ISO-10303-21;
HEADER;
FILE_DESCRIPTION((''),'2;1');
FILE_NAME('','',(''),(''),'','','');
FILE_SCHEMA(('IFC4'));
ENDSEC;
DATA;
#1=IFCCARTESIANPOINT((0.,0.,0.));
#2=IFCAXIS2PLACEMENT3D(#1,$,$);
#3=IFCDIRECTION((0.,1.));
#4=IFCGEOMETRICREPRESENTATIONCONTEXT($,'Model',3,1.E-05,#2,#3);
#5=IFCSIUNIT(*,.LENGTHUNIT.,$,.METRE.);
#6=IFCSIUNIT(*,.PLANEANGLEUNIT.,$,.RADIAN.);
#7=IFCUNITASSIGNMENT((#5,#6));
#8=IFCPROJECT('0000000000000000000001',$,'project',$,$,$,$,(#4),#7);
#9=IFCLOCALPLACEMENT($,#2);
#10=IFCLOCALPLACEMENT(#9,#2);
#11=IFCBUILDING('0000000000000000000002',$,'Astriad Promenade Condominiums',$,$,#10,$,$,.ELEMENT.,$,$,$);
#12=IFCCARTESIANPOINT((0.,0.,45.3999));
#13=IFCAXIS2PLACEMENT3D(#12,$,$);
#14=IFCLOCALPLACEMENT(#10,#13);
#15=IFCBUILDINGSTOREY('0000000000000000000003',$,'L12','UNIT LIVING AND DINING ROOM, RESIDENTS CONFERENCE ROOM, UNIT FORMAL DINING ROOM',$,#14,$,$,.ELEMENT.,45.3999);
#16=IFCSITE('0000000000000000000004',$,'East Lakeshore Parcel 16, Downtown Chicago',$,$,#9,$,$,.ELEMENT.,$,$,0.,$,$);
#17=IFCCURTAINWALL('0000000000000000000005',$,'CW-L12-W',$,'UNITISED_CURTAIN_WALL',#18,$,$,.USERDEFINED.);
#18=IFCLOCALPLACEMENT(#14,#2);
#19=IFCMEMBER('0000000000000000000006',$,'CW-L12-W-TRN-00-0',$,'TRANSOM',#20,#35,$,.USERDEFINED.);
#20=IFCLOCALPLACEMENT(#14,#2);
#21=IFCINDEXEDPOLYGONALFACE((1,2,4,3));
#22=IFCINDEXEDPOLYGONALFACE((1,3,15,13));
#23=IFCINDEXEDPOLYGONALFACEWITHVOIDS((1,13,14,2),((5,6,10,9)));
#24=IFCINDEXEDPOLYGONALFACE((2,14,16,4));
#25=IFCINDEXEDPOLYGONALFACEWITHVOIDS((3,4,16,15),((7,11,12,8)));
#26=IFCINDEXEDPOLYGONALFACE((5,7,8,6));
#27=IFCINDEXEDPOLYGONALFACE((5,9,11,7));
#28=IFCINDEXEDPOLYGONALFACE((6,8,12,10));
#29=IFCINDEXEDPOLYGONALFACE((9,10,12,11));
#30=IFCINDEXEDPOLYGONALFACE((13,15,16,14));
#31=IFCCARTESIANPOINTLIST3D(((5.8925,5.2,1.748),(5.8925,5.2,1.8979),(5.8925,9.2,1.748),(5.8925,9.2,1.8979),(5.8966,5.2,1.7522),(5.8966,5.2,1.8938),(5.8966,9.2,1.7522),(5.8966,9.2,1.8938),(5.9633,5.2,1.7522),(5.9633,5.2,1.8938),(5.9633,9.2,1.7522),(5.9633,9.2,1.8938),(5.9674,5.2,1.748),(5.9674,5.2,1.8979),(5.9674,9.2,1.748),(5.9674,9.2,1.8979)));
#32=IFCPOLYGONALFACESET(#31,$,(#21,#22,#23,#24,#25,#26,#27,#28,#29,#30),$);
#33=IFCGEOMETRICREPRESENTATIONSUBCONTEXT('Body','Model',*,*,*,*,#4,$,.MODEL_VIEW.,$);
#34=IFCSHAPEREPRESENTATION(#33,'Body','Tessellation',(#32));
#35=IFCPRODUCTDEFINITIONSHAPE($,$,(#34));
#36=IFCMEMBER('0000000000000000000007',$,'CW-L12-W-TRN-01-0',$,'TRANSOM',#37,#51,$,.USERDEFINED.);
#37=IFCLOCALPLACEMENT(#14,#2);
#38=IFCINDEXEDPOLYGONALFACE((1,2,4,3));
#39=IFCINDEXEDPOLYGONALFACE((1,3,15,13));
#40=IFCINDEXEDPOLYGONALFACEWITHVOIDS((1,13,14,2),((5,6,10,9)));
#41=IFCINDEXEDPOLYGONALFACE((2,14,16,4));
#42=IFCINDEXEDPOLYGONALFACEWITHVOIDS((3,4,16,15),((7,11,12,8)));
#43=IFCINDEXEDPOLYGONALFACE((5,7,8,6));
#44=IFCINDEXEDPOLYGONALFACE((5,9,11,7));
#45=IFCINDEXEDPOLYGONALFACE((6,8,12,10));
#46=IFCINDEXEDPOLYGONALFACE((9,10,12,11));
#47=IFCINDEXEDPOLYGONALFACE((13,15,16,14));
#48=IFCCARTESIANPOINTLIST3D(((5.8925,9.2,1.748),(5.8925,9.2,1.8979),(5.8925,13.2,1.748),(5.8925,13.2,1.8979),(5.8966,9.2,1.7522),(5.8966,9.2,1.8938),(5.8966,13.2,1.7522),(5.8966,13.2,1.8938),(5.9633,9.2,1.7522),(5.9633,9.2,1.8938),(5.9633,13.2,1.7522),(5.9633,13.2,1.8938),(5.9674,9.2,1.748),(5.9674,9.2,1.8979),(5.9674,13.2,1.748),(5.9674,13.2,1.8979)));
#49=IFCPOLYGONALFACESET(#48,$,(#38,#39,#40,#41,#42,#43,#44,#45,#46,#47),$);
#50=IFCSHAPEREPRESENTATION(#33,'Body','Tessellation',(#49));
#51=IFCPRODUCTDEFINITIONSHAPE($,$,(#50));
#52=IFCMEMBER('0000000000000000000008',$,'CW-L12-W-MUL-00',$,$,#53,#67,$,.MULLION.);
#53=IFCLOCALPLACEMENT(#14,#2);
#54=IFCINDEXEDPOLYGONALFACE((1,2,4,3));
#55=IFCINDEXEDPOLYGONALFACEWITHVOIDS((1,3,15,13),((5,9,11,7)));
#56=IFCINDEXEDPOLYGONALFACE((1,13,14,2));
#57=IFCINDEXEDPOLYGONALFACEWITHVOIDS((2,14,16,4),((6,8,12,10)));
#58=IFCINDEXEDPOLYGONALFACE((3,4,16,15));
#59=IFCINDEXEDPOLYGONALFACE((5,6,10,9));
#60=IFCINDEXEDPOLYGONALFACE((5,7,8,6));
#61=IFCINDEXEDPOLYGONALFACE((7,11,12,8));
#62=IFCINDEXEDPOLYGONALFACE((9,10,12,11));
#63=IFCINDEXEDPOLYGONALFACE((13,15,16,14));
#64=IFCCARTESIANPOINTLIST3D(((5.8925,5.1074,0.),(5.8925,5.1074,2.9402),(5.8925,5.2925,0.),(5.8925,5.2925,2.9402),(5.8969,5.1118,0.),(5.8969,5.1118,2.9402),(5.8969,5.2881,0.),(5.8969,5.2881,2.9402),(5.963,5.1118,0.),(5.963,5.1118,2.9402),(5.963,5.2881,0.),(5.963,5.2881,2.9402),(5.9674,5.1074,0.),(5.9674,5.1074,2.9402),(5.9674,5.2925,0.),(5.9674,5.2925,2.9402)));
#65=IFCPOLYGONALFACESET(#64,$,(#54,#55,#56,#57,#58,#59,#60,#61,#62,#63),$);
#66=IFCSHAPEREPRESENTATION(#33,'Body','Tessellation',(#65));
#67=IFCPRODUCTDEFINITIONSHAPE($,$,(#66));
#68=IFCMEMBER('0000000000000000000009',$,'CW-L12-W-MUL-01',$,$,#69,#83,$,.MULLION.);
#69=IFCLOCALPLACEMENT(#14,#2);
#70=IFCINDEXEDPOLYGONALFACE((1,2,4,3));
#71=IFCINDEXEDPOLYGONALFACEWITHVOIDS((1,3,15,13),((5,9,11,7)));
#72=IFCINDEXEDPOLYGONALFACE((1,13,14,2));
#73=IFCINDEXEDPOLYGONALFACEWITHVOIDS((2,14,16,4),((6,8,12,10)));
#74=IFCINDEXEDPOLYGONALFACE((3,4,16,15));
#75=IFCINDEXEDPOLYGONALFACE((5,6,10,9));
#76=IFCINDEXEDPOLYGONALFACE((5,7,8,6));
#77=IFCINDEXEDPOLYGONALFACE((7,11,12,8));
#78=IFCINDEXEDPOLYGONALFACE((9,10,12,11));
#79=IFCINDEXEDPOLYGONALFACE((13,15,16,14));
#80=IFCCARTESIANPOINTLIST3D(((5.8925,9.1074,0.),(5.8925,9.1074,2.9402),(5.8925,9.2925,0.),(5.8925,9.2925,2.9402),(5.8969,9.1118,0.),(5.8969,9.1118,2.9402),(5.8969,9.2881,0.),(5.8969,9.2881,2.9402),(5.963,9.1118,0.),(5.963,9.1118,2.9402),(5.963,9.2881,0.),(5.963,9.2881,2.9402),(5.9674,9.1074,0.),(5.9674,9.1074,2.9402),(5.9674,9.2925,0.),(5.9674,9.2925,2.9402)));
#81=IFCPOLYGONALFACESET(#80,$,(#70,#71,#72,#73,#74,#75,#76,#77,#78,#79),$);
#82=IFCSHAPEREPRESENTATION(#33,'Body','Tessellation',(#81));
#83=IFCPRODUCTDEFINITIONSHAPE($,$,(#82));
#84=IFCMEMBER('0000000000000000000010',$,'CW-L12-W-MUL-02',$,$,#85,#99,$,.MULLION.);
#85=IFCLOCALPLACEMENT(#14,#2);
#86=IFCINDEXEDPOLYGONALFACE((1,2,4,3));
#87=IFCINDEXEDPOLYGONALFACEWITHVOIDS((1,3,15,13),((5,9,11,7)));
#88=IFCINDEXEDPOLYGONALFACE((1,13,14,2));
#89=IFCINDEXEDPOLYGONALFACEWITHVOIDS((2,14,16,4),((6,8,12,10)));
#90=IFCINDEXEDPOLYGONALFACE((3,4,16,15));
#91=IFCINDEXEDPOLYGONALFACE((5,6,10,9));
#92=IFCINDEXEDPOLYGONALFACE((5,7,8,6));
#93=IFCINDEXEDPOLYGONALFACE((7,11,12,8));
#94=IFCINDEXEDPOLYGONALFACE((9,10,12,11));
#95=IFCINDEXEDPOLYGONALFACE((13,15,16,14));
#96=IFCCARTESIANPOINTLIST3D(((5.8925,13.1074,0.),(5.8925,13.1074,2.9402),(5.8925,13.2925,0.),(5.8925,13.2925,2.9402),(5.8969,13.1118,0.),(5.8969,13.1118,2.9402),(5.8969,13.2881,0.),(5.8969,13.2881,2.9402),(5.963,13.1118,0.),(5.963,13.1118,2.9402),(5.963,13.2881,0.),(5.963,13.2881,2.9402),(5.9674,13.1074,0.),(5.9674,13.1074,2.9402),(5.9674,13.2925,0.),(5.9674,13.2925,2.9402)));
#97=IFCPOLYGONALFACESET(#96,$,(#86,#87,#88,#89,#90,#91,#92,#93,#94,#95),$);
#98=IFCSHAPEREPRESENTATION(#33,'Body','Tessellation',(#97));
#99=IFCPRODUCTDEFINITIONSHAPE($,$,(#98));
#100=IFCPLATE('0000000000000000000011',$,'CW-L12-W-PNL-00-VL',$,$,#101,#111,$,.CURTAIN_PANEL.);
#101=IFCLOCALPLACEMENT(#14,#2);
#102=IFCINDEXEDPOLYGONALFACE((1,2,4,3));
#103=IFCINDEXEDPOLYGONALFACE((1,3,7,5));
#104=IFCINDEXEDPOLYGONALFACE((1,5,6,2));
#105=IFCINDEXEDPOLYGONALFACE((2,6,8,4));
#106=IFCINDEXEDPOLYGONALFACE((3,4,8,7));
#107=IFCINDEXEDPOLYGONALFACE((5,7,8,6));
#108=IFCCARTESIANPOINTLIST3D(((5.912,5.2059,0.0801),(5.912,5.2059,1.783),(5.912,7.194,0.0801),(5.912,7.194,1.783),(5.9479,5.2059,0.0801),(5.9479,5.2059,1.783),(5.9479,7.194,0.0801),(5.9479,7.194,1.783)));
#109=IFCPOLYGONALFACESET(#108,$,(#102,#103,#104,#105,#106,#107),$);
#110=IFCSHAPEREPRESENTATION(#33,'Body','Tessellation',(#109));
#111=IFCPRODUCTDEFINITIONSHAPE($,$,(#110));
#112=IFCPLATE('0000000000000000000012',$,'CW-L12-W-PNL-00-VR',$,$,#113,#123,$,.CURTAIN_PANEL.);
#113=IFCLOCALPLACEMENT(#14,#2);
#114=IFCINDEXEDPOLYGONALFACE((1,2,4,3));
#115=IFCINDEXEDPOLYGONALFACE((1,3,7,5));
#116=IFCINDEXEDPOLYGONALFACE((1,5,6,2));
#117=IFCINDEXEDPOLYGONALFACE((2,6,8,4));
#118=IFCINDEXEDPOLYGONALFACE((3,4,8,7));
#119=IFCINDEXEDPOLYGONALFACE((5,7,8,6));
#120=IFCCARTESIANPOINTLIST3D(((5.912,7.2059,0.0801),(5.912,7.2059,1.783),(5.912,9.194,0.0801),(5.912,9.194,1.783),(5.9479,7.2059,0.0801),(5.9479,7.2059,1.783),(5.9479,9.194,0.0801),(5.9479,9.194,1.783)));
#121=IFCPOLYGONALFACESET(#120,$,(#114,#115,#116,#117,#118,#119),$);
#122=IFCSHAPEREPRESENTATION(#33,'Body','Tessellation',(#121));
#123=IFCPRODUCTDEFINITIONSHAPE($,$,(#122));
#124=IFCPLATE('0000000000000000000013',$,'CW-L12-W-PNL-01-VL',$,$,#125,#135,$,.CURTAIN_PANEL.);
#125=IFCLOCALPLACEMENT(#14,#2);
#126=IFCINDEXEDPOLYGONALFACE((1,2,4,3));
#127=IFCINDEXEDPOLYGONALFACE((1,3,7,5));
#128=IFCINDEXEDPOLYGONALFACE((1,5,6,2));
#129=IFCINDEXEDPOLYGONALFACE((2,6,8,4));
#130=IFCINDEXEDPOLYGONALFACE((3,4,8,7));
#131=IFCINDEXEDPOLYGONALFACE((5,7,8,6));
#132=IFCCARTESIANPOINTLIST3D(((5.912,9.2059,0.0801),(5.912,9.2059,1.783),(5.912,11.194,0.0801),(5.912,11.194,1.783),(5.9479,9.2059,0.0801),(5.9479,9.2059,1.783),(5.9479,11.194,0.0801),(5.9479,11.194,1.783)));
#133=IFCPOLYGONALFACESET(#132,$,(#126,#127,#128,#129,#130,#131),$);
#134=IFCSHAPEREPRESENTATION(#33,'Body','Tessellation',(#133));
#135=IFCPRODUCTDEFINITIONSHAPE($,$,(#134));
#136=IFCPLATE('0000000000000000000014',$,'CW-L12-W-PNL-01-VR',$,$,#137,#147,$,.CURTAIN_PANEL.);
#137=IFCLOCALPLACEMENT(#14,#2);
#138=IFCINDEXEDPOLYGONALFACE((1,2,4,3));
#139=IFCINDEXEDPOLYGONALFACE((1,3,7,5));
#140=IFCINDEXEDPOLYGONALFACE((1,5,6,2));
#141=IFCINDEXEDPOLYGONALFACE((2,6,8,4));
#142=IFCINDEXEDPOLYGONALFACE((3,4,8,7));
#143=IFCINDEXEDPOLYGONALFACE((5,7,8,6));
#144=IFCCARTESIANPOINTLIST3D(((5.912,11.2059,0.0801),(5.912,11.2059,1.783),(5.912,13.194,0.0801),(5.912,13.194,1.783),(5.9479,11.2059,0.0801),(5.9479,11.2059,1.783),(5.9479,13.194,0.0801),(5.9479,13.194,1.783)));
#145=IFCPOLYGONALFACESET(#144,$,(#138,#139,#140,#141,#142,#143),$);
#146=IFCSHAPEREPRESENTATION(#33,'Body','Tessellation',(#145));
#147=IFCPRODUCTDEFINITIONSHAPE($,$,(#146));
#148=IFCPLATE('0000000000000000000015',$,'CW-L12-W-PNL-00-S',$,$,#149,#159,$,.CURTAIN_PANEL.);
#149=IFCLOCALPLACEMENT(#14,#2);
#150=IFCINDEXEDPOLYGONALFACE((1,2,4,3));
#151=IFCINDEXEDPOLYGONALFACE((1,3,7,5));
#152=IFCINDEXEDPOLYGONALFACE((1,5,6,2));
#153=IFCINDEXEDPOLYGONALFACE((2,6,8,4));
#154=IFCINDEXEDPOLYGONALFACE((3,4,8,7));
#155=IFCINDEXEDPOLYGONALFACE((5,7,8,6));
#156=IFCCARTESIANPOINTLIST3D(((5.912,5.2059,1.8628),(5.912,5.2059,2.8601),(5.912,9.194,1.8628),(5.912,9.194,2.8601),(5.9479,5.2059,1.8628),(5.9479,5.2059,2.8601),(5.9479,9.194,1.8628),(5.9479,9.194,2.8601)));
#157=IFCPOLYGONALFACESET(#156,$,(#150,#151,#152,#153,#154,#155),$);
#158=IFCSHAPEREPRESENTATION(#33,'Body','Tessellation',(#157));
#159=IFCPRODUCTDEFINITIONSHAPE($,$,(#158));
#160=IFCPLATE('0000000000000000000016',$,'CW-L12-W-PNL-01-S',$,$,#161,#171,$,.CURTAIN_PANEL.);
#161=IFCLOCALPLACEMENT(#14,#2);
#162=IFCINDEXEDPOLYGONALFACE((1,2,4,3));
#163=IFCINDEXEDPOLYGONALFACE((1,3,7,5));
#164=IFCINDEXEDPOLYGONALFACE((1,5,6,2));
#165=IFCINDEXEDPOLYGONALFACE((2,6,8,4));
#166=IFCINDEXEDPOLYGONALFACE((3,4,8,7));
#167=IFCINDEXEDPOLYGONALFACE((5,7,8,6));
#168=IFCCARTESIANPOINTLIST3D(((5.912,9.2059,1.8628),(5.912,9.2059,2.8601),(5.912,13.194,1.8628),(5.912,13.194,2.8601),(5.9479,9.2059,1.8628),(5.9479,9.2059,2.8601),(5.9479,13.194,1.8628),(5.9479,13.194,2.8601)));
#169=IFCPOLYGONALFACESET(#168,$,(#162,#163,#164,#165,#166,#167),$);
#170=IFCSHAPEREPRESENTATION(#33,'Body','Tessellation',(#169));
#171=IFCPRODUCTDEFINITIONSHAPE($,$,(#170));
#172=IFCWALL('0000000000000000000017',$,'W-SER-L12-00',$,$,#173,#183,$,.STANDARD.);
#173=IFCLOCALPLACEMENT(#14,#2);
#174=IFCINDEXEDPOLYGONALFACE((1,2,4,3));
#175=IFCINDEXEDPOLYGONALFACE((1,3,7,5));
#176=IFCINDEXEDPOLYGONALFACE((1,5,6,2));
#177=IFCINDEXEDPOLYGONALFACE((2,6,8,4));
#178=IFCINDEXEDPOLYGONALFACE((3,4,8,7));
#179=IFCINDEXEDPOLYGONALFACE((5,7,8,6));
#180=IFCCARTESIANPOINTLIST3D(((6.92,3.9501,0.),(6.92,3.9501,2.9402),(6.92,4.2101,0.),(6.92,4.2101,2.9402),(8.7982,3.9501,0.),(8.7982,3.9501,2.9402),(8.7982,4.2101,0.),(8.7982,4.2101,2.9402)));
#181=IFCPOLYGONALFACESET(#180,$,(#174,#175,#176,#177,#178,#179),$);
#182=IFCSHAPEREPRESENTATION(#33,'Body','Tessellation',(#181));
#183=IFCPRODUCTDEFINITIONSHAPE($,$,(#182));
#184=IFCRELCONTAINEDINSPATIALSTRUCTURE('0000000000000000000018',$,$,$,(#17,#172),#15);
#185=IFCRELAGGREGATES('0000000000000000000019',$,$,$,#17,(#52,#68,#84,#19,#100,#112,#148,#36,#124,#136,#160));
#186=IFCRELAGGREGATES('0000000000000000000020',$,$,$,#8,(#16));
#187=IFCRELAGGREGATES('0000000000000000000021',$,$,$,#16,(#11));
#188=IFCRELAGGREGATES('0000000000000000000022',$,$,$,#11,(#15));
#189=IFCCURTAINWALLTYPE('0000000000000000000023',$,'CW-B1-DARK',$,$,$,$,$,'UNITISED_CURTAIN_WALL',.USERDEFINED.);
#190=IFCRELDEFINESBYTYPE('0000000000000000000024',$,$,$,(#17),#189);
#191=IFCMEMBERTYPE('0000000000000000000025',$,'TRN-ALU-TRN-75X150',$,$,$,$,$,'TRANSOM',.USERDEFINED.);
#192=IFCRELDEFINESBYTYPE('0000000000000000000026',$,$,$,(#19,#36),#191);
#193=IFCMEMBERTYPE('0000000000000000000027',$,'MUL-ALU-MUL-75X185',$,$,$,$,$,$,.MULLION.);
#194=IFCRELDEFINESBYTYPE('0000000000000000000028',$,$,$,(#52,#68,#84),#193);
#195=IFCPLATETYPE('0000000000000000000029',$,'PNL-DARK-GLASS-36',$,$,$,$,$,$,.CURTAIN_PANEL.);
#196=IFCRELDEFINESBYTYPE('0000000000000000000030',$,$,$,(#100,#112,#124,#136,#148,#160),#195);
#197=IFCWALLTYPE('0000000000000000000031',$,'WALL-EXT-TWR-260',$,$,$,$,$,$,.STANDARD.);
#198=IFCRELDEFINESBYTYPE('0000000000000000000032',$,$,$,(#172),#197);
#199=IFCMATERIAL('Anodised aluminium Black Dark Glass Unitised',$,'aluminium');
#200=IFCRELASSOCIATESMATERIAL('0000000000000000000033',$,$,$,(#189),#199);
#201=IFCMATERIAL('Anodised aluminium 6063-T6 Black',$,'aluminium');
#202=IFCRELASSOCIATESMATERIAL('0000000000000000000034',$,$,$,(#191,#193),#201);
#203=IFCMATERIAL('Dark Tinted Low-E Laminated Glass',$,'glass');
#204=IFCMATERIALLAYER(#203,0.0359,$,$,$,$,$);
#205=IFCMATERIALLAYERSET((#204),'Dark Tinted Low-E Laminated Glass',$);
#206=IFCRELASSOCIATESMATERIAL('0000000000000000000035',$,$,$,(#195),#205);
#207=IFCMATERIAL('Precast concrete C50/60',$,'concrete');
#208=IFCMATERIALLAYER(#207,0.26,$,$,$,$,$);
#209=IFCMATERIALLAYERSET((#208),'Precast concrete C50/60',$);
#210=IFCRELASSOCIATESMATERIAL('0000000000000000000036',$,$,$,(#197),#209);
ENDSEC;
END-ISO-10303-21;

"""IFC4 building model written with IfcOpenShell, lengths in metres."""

from ifc_helpers import new_model, si_unit, direction, frame, frame_2d, origin, origin_2d, place, context, subcontext, project, spatial, rectangle, hollow_rectangle, extrude, source, transform, mapped, material, layer, layer_set, material_profile, profile_set, type_object, type_shapes, element, aggregate, save


model = new_model("IFC4")

# Units and contexts
model_context = context("Model", 3, precision=1e-05, world=origin(), true_north=direction((0.0, 1.0)))
body_context = subcontext(model_context, "Body", "Model", "MODEL_VIEW")
ifc_project = project(units=[si_unit("LENGTHUNIT", "METRE"), si_unit("PLANEANGLEUNIT", "RADIAN")], contexts=[model_context])

# Site, building, storey
site_placement = place(None, origin())
site = spatial("IfcSite", under=ifc_project, at=site_placement, Name="East Lakeshore Parcel 16, Downtown Chicago", CompositionType="ELEMENT", RefElevation=0.0)
building_placement = place(site_placement, origin())
building = spatial("IfcBuilding", under=site, at=building_placement, Name="Astriad Promenade Condominiums", CompositionType="ELEMENT")
storey_placement = place(building_placement, frame((0.0, 0.0, 45.3999)))
storey = spatial("IfcBuildingStorey", under=building, at=storey_placement, Name="L12", Description="UNIT LIVING AND DINING ROOM, RESIDENTS CONFERENCE ROOM, UNIT FORMAL DINING ROOM", CompositionType="ELEMENT", Elevation=45.3999)

# Curtain wall, members, plates
ifc_material_1 = material(Name="Anodised aluminium Black Dark Glass Unitised", Category="aluminium")
curtain_wall_type = type_object("IfcCurtainWallType", Name="CW-B1-DARK", ElementType="UNITISED_CURTAIN_WALL", PredefinedType="USERDEFINED", material=ifc_material_1)
curtain_wall_placement = place(storey_placement, origin())
curtain_wall = element("IfcCurtainWall", 1, at=curtain_wall_placement, inside=storey, type_object=curtain_wall_type, Name="CW-L12-W", ObjectType="UNITISED_CURTAIN_WALL", PredefinedType="USERDEFINED")
ifc_material_2 = material(Name="Anodised aluminium 6063-T6 Black", Category="aluminium")
ifc_material_profile_1 = material_profile(ifc_material_2, hollow_rectangle(XDim=0.075, YDim=0.1499, WallThickness=0.0042, at=origin_2d()), Name="ALU-TRN-75X150")
ifc_profile_set_1 = profile_set([ifc_material_profile_1], Name="Anodised aluminium 6063-T6 Black")
member_type_1 = type_object("IfcMemberType", Name="TRN-ALU-TRN-75X150", ElementType="TRANSOM", PredefinedType="USERDEFINED", material=ifc_profile_set_1)
shared_shape_1 = source(origin(), body_context, "Body", "SweptSolid", [
    extrude(hollow_rectangle(XDim=0.075, YDim=0.1499, WallThickness=0.0042, at=origin_2d()), origin(), (0.0, 0.0, 1.0), 4.0),
])
type_shapes(member_type_1, [shared_shape_1])
member_1_placement = place(storey_placement, frame((5.9299, 5.2, 1.823), z_axis=(0.0, 1.0, 0.0), x_axis=(-1.0, 0.0, 0.0)))
member_1 = element("IfcMember", 2, at=member_1_placement, type_object=member_type_1, Name="CW-L12-W-TRN-00-0", ObjectType="TRANSOM", PredefinedType="USERDEFINED", context=body_context, shape_type="MappedRepresentation", body=[
    mapped(shared_shape_1, transform((0.0, 0.0, 0.0), scale=1.0)),
])
member_2_placement = place(storey_placement, frame((5.9299, 9.2, 1.823), z_axis=(0.0, 1.0, 0.0), x_axis=(-1.0, 0.0, 0.0)))
member_2 = element("IfcMember", 3, at=member_2_placement, type_object=member_type_1, Name="CW-L12-W-TRN-01-0", ObjectType="TRANSOM", PredefinedType="USERDEFINED", context=body_context, shape_type="MappedRepresentation", body=[
    mapped(shared_shape_1, transform((0.0, 0.0, 0.0), scale=1.0)),
])
ifc_material_profile_2 = material_profile(ifc_material_2, hollow_rectangle(XDim=0.075, YDim=0.1851, WallThickness=0.0044, at=origin_2d()), Name="ALU-MUL-75X185")
ifc_profile_set_2 = profile_set([ifc_material_profile_2], Name="Anodised aluminium 6063-T6 Black")
member_type_2 = type_object("IfcMemberType", Name="MUL-ALU-MUL-75X185", PredefinedType="MULLION", material=ifc_profile_set_2)
shared_shape_2 = source(origin(), body_context, "Body", "SweptSolid", [
    extrude(hollow_rectangle(XDim=0.075, YDim=0.1851, WallThickness=0.0044, at=origin_2d()), origin(), (0.0, 0.0, 1.0), 2.9402),
])
type_shapes(member_type_2, [shared_shape_2])
member_3_placement = place(storey_placement, frame((5.9299, 5.2, 0.0), z_axis=(0.0, 0.0, 1.0), x_axis=(1.0, 0.0, 0.0)))
member_3 = element("IfcMember", 4, at=member_3_placement, type_object=member_type_2, Name="CW-L12-W-MUL-00", PredefinedType="MULLION", context=body_context, shape_type="MappedRepresentation", body=[
    mapped(shared_shape_2, transform((0.0, 0.0, 0.0), scale=1.0)),
])
member_4_placement = place(storey_placement, frame((5.9299, 9.2, 0.0), z_axis=(0.0, 0.0, 1.0), x_axis=(1.0, 0.0, 0.0)))
member_4 = element("IfcMember", 5, at=member_4_placement, type_object=member_type_2, Name="CW-L12-W-MUL-01", PredefinedType="MULLION", context=body_context, shape_type="MappedRepresentation", body=[
    mapped(shared_shape_2, transform((0.0, 0.0, 0.0), scale=1.0)),
])
member_5_placement = place(storey_placement, frame((5.9299, 13.2, 0.0), z_axis=(0.0, 0.0, 1.0), x_axis=(1.0, 0.0, 0.0)))
member_5 = element("IfcMember", 6, at=member_5_placement, type_object=member_type_2, Name="CW-L12-W-MUL-02", PredefinedType="MULLION", context=body_context, shape_type="MappedRepresentation", body=[
    mapped(shared_shape_2, transform((0.0, 0.0, 0.0), scale=1.0)),
])
ifc_material_3 = material(Name="Dark Tinted Low-E Laminated Glass", Category="glass")
ifc_layer_1 = layer(ifc_material_3, 0.0359)
ifc_layer_set_1 = layer_set([ifc_layer_1], Name="Dark Tinted Low-E Laminated Glass")
plate_type = type_object("IfcPlateType", Name="PNL-DARK-GLASS-36", PredefinedType="CURTAIN_PANEL", material=ifc_layer_set_1)
shared_shape_3 = source(origin(), body_context, "Body", "SweptSolid", [
    extrude(rectangle(XDim=1.988, YDim=0.0359, at=origin_2d()), origin(), (0.0, 0.0, 1.0), 1.7029),
])
plate_1_placement = place(storey_placement, frame((5.9299, 6.2, 0.0801), z_axis=(0.0, 0.0, 1.0), x_axis=(0.0, 1.0, 0.0)))
plate_1 = element("IfcPlate", 7, at=plate_1_placement, type_object=plate_type, Name="CW-L12-W-PNL-00-VL", PredefinedType="CURTAIN_PANEL", context=body_context, shape_type="MappedRepresentation", body=[
    mapped(shared_shape_3, transform((0.0, 0.0, 0.0), scale=1.0)),
])
plate_2_placement = place(storey_placement, frame((5.9299, 8.2, 0.0801), z_axis=(0.0, 0.0, 1.0), x_axis=(0.0, 1.0, 0.0)))
plate_2 = element("IfcPlate", 8, at=plate_2_placement, type_object=plate_type, Name="CW-L12-W-PNL-00-VR", PredefinedType="CURTAIN_PANEL", context=body_context, shape_type="MappedRepresentation", body=[
    mapped(shared_shape_3, transform((0.0, 0.0, 0.0), scale=1.0)),
])
plate_3_placement = place(storey_placement, frame((5.9299, 10.2, 0.0801), z_axis=(0.0, 0.0, 1.0), x_axis=(0.0, 1.0, 0.0)))
plate_3 = element("IfcPlate", 9, at=plate_3_placement, type_object=plate_type, Name="CW-L12-W-PNL-01-VL", PredefinedType="CURTAIN_PANEL", context=body_context, shape_type="MappedRepresentation", body=[
    mapped(shared_shape_3, transform((0.0, 0.0, 0.0), scale=1.0)),
])
plate_4_placement = place(storey_placement, frame((5.9299, 12.2, 0.0801), z_axis=(0.0, 0.0, 1.0), x_axis=(0.0, 1.0, 0.0)))
plate_4 = element("IfcPlate", 10, at=plate_4_placement, type_object=plate_type, Name="CW-L12-W-PNL-01-VR", PredefinedType="CURTAIN_PANEL", context=body_context, shape_type="MappedRepresentation", body=[
    mapped(shared_shape_3, transform((0.0, 0.0, 0.0), scale=1.0)),
])
shared_shape_4 = source(origin(), body_context, "Body", "SweptSolid", [
    extrude(rectangle(XDim=3.988, YDim=0.0359, at=origin_2d()), origin(), (0.0, 0.0, 1.0), 0.9973),
])
type_shapes(plate_type, [shared_shape_3, shared_shape_4])
plate_5_placement = place(storey_placement, frame((5.9299, 7.2, 1.8628), z_axis=(0.0, 0.0, 1.0), x_axis=(0.0, 1.0, 0.0)))
plate_5 = element("IfcPlate", 11, at=plate_5_placement, type_object=plate_type, Name="CW-L12-W-PNL-00-S", PredefinedType="CURTAIN_PANEL", context=body_context, shape_type="MappedRepresentation", body=[
    mapped(shared_shape_4, transform((0.0, 0.0, 0.0), scale=1.0)),
])
plate_6_placement = place(storey_placement, frame((5.9299, 11.2, 1.8628), z_axis=(0.0, 0.0, 1.0), x_axis=(0.0, 1.0, 0.0)))
plate_6 = element("IfcPlate", 12, at=plate_6_placement, type_object=plate_type, Name="CW-L12-W-PNL-01-S", PredefinedType="CURTAIN_PANEL", context=body_context, shape_type="MappedRepresentation", body=[
    mapped(shared_shape_4, transform((0.0, 0.0, 0.0), scale=1.0)),
])
aggregate(curtain_wall, [member_3, member_4, member_5, member_1, plate_1, plate_2, plate_5, member_2, plate_3, plate_4, plate_6])

# Wall
ifc_material_4 = material(Name="Precast concrete C50/60", Category="concrete")
ifc_layer_2 = layer(ifc_material_4, 0.26)
ifc_layer_set_2 = layer_set([ifc_layer_2], Name="Precast concrete C50/60")
wall_type_1 = type_object("IfcWallType", Name="WALL-EXT-TWR-260", PredefinedType="STANDARD", material=ifc_layer_set_2)
wall_1_placement = place(storey_placement, frame((8.7981, 4.0801, 0.0), z_axis=(0.0, 0.0, 1.0), x_axis=(-1.0, 0.0, 0.0)))
element("IfcWall", 13, at=wall_1_placement, inside=storey, type_object=wall_type_1, Name="W-SER-L12-00", PredefinedType="STANDARD", context=body_context, shape_type="SweptSolid", body=[
    extrude(rectangle(XDim=1.8782, YDim=0.26, at=frame_2d((0.939, 0.0))), origin(), (0.0, 0.0, 1.0), 2.9402),
])

save(model, "model.ifc")
